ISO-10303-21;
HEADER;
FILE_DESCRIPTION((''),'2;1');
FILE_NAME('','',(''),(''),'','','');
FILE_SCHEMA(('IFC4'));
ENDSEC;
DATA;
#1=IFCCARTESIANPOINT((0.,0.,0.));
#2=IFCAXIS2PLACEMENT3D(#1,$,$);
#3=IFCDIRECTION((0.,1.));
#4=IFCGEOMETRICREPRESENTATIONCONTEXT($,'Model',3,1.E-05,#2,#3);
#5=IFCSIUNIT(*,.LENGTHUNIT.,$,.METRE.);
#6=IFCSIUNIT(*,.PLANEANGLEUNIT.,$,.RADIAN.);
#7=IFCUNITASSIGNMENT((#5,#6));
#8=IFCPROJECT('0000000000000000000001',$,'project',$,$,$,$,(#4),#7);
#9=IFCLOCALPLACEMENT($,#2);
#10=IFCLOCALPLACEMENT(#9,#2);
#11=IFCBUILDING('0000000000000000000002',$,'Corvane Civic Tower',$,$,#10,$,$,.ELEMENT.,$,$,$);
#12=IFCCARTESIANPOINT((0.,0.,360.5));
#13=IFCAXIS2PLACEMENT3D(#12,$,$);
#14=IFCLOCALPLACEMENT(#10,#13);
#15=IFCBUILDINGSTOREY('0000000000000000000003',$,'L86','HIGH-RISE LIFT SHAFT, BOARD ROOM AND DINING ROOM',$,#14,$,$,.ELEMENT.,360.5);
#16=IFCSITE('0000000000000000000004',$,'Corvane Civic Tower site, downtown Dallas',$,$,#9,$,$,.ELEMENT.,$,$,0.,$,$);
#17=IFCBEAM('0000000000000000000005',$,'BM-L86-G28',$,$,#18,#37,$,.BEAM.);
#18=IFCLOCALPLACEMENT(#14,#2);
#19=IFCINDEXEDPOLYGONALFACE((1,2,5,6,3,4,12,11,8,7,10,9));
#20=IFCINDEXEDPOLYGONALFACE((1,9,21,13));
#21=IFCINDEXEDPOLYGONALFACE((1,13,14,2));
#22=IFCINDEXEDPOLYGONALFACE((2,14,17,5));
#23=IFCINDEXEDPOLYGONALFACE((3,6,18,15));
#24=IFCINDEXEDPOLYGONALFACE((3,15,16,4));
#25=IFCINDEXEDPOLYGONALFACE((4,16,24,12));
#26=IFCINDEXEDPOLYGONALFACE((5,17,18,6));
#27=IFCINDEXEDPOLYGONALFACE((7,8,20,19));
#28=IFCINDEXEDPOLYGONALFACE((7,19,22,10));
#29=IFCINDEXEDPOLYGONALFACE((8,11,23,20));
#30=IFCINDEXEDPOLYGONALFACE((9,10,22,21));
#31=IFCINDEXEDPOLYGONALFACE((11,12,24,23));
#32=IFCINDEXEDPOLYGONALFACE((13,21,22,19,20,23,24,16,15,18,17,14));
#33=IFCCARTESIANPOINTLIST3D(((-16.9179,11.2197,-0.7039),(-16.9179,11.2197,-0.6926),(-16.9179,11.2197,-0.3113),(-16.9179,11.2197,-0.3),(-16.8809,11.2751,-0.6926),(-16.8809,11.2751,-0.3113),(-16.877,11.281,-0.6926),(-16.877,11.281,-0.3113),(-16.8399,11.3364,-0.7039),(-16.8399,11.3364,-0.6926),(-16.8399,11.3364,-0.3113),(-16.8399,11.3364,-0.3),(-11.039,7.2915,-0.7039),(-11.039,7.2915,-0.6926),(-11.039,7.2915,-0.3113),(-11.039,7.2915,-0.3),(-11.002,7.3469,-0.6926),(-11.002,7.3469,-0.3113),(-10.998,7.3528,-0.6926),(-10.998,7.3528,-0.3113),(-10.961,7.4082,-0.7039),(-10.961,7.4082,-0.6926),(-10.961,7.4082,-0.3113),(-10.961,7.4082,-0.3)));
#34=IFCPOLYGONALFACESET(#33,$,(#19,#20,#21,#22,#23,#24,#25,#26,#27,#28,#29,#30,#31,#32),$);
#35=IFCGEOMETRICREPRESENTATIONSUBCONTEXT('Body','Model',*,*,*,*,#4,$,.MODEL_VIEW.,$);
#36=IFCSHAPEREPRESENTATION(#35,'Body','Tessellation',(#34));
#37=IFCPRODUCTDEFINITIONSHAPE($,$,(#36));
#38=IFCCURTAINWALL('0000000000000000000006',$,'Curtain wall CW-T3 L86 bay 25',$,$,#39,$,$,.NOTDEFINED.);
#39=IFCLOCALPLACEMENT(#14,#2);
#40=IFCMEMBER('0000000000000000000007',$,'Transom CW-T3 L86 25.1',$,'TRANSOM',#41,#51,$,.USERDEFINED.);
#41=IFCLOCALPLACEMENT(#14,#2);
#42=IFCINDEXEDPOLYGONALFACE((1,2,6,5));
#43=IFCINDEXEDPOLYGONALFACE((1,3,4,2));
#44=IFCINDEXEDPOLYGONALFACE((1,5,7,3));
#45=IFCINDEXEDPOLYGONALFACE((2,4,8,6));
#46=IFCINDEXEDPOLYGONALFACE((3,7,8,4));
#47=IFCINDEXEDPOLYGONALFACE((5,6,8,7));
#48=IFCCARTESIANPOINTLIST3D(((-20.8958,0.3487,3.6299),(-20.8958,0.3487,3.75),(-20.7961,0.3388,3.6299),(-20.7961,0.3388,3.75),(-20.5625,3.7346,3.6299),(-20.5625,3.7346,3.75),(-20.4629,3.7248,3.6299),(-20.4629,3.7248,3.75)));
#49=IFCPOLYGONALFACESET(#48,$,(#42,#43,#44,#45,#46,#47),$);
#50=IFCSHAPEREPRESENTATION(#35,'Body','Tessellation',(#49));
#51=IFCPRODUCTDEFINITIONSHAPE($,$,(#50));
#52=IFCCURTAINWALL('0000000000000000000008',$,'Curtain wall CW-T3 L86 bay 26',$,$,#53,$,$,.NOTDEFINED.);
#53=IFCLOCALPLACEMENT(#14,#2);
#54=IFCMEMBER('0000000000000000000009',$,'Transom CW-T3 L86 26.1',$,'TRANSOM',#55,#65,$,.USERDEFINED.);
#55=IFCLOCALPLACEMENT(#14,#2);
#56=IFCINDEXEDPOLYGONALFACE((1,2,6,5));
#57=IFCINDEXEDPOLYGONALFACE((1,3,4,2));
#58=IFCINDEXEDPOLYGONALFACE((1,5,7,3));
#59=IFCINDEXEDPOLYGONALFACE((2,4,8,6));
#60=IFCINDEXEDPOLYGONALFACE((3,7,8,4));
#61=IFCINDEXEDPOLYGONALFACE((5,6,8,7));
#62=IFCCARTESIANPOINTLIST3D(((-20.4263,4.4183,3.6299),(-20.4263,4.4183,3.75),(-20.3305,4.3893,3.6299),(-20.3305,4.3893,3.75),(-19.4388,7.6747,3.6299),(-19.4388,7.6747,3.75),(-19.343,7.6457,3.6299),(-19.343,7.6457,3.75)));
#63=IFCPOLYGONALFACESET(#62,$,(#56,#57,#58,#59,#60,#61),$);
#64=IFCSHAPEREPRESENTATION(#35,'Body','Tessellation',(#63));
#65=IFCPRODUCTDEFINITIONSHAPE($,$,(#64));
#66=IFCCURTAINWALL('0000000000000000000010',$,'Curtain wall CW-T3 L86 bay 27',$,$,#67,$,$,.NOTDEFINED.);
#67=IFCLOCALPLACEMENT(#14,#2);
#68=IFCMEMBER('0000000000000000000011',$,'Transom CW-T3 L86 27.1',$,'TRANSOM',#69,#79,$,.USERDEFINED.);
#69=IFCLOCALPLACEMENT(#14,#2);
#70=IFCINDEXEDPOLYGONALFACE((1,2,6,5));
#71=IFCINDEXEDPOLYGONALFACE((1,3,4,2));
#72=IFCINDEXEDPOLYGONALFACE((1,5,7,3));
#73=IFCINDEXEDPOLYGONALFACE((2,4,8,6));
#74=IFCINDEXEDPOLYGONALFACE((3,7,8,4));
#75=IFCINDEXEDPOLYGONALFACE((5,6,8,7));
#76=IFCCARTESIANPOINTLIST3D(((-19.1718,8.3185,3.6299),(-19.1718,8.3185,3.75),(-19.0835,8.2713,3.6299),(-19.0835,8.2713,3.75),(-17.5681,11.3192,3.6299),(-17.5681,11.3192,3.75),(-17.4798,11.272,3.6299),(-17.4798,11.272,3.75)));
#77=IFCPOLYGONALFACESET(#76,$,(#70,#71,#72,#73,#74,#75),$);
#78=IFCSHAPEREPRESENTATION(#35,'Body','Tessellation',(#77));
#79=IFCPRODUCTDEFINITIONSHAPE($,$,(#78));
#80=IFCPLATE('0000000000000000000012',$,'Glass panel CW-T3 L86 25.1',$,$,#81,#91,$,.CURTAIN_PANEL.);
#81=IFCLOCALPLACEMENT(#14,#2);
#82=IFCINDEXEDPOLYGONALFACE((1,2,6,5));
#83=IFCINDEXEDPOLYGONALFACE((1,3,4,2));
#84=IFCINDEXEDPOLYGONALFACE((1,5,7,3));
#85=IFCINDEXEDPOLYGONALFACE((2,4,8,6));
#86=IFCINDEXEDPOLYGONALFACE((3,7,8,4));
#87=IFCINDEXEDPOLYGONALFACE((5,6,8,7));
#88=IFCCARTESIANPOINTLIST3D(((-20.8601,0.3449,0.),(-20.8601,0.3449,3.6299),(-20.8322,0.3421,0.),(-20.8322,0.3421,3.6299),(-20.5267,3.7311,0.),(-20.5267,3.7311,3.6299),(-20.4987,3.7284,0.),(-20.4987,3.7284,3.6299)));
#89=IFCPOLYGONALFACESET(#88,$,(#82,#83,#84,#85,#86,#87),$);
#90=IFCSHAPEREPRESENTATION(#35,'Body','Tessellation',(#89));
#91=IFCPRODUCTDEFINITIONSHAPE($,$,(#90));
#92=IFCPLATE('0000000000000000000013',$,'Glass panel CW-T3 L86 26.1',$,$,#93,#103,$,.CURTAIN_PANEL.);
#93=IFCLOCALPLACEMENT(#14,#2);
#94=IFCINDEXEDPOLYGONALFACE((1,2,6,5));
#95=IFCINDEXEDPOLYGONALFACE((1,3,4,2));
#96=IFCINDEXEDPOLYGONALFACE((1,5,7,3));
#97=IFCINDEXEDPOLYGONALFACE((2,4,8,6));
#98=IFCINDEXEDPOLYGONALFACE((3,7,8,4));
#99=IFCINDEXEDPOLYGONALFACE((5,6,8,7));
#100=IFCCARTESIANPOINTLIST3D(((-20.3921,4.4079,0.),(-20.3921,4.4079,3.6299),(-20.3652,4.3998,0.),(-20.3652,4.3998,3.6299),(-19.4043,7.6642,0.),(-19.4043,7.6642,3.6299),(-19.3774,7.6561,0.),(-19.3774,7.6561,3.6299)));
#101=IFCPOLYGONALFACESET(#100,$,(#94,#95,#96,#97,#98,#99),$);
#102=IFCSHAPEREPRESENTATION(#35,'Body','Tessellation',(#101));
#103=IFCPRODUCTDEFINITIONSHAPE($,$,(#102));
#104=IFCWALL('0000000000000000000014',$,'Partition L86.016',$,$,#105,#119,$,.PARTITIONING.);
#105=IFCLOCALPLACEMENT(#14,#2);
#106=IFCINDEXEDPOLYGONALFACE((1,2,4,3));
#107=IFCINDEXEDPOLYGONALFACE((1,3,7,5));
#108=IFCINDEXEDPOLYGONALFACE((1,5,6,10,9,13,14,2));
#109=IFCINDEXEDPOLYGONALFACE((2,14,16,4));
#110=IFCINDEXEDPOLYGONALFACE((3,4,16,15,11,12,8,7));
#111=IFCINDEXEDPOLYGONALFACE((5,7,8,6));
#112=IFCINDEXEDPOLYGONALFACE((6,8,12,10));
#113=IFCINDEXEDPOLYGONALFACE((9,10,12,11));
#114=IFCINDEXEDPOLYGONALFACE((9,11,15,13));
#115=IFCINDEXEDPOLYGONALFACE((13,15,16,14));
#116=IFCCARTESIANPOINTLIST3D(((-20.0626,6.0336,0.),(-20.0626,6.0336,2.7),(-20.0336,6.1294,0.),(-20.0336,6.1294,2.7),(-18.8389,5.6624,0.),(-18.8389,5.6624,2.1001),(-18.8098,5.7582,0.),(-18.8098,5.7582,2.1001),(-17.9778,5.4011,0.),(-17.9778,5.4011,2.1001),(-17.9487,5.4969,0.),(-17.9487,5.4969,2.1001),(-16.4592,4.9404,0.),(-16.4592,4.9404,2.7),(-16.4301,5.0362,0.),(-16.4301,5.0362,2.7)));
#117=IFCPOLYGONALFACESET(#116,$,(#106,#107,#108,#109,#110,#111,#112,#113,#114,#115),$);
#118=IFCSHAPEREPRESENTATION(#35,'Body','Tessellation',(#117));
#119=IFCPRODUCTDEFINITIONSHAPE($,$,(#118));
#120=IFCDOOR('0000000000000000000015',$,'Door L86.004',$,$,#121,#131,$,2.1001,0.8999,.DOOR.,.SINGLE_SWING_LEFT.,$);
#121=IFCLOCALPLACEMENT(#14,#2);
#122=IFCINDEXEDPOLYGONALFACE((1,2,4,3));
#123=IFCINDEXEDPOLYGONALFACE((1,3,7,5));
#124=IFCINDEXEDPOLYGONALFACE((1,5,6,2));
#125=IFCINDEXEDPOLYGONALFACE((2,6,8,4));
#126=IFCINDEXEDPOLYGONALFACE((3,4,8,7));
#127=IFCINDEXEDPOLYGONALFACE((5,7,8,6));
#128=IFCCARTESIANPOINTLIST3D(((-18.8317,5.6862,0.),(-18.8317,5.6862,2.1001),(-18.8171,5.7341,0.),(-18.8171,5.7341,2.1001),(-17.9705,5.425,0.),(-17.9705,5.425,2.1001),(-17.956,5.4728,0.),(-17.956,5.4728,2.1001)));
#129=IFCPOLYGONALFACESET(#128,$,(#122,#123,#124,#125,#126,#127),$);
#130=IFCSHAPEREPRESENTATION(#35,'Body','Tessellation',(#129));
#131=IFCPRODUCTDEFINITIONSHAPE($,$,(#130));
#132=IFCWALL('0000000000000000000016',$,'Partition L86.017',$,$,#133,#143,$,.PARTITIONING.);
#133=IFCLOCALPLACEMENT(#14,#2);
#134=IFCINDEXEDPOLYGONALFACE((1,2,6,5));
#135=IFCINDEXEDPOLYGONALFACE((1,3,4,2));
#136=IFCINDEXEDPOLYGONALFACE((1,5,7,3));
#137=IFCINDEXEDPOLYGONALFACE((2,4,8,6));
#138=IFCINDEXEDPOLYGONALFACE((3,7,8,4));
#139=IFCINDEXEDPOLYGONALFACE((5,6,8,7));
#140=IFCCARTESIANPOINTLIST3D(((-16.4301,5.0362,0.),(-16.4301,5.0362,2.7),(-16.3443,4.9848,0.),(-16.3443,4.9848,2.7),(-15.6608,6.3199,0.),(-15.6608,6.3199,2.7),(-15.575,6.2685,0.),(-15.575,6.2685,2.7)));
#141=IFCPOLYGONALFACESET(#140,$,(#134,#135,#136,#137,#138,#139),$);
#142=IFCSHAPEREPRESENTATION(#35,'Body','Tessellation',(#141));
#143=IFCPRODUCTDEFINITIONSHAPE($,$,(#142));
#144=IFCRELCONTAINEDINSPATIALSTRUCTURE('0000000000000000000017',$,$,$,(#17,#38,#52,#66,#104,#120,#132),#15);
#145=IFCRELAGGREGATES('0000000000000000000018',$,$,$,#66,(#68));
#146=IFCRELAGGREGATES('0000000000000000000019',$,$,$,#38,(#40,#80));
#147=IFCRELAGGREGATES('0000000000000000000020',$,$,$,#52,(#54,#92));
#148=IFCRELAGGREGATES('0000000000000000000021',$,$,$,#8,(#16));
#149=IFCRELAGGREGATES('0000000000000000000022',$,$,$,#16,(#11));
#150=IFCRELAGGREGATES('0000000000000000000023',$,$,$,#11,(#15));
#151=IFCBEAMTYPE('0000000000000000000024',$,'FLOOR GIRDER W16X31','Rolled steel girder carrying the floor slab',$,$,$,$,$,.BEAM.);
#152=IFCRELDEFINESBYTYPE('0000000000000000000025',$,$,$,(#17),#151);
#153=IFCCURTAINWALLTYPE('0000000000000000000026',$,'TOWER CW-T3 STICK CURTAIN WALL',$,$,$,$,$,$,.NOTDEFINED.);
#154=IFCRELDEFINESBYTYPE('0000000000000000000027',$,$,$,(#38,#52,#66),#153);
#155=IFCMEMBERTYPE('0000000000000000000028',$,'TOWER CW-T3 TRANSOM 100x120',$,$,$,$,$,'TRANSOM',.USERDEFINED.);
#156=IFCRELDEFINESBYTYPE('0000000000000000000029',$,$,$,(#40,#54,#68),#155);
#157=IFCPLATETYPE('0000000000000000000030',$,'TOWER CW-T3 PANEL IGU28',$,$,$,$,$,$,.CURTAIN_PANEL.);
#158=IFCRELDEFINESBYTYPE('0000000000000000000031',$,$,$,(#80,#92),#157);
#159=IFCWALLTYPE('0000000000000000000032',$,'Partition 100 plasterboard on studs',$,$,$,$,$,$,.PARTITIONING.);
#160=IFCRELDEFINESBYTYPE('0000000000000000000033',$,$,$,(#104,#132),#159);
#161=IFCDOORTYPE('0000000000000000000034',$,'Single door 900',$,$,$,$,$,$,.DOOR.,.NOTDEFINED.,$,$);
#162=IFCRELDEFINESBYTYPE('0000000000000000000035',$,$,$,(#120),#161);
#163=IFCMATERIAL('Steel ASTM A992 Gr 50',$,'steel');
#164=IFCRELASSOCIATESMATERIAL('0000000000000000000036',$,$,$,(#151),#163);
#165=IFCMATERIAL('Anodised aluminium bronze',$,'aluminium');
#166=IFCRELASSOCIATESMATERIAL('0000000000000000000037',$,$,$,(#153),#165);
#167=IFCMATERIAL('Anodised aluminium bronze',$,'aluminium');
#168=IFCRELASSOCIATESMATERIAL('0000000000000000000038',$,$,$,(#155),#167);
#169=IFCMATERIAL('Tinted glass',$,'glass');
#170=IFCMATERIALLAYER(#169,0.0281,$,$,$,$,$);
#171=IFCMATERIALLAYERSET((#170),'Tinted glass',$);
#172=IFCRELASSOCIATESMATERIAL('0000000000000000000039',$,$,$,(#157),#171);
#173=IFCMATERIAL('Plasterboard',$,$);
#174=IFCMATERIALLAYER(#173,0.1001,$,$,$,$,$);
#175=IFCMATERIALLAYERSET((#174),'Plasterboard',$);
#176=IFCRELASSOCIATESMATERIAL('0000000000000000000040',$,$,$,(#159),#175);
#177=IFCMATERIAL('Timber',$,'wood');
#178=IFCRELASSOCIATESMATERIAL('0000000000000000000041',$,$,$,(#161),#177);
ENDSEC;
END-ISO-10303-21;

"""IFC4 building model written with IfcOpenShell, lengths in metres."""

from ifc_helpers import new_model, si_unit, direction, frame, frame_2d, origin, origin_2d, place, context, subcontext, project, spatial, rectangle, i_section, extrude, material, layer, layer_set, material_profile, profile_set, type_object, element, fill, aggregate, save


model = new_model("IFC4")

# Units and contexts
model_context = context("Model", 3, precision=1e-05, world=origin(), true_north=direction((0.0, 1.0)))
body_context = subcontext(model_context, "Body", "Model", "MODEL_VIEW")
ifc_project = project(units=[si_unit("LENGTHUNIT", "METRE"), si_unit("PLANEANGLEUNIT", "RADIAN")], contexts=[model_context])

# Site, building, storey
site_placement = place(None, origin())
site = spatial("IfcSite", under=ifc_project, at=site_placement, Name="Corvane Civic Tower site, downtown Dallas", CompositionType="ELEMENT", RefElevation=0.0)
building_placement = place(site_placement, origin())
building = spatial("IfcBuilding", under=site, at=building_placement, Name="Corvane Civic Tower", CompositionType="ELEMENT")
storey_placement = place(building_placement, frame((0.0, 0.0, 360.5)))
storey = spatial("IfcBuildingStorey", under=building, at=storey_placement, Name="L86", Description="HIGH-RISE LIFT SHAFT, BOARD ROOM AND DINING ROOM", CompositionType="ELEMENT", Elevation=360.5)

# Beam
ifc_material_1 = material(Name="Steel ASTM A992 Gr 50", Category="steel")
ifc_material_profile_1 = material_profile(ifc_material_1, i_section(OverallWidth=0.1404, OverallDepth=0.4038, WebThickness=0.0071, FlangeThickness=0.0112, at=origin_2d()), Name="W16X31")
ifc_profile_set_1 = profile_set([ifc_material_profile_1], Name="Steel ASTM A992 Gr 50")
beam_type_1 = type_object("IfcBeamType", Name="FLOOR GIRDER W16X31", Description="Rolled steel girder carrying the floor slab", PredefinedType="BEAM", material=ifc_profile_set_1)
beam_1_placement = place(storey_placement, frame((-11.0, 7.3499, -0.502), z_axis=(-0.831465, 0.555576, 0.0), x_axis=(-0.555576, -0.831465, 0.0)))
element("IfcBeam", 1, at=beam_1_placement, inside=storey, type_object=beam_type_1, Name="BM-L86-G28", PredefinedType="BEAM", context=body_context, shape_type="SweptSolid", body=[
    extrude(i_section(OverallWidth=0.1404, OverallDepth=0.4038, WebThickness=0.0071, FlangeThickness=0.0112, at=origin_2d()), origin(), (0.0, 0.0, 1.0), 7.0706),
])

# Curtain walls, members
ifc_material_2 = material(Name="Anodised aluminium bronze", Category="aluminium")
curtain_wall_type = type_object("IfcCurtainWallType", Name="TOWER CW-T3 STICK CURTAIN WALL", PredefinedType="NOTDEFINED", material=ifc_material_2)
curtain_wall_1_placement = place(storey_placement, origin())
curtain_wall_1 = element("IfcCurtainWall", 2, at=curtain_wall_1_placement, inside=storey, type_object=curtain_wall_type, Name="Curtain wall CW-T3 L86 bay 25", PredefinedType="NOTDEFINED")
ifc_material_3 = material(Name="Anodised aluminium bronze", Category="aluminium")
ifc_material_profile_2 = material_profile(ifc_material_3, rectangle(XDim=0.1001, YDim=0.1201, at=origin_2d()), Name="TOWER CW-T3 TRANSOM 100x120")
ifc_profile_set_2 = profile_set([ifc_material_profile_2], Name="Anodised aluminium bronze")
member_type = type_object("IfcMemberType", Name="TOWER CW-T3 TRANSOM 100x120", ElementType="TRANSOM", PredefinedType="USERDEFINED", material=ifc_profile_set_2)
member_1_placement = place(storey_placement, frame((-20.8459, 0.3438, 3.6899), z_axis=(0.097948, 0.995192, 0.0), x_axis=(-0.995192, 0.097948, 0.0)))
member_1 = element("IfcMember", 3, at=member_1_placement, type_object=member_type, Name="Transom CW-T3 L86 25.1", ObjectType="TRANSOM", PredefinedType="USERDEFINED", context=body_context, shape_type="SweptSolid", body=[
    extrude(rectangle(XDim=0.1001, YDim=0.1201, at=origin_2d()), origin(), (0.0, 0.0, 1.0), 3.4023),
])
curtain_wall_2_placement = place(storey_placement, origin())
curtain_wall_2 = element("IfcCurtainWall", 4, at=curtain_wall_2_placement, inside=storey, type_object=curtain_wall_type, Name="Curtain wall CW-T3 L86 bay 26", PredefinedType="NOTDEFINED")
member_2_placement = place(storey_placement, frame((-20.3784, 4.4038, 3.6899), z_axis=(0.290216, 0.956961, 0.0), x_axis=(-0.956961, 0.290216, 0.0)))
member_2 = element("IfcMember", 5, at=member_2_placement, type_object=member_type, Name="Transom CW-T3 L86 26.1", ObjectType="TRANSOM", PredefinedType="USERDEFINED", context=body_context, shape_type="SweptSolid", body=[
    extrude(rectangle(XDim=0.1001, YDim=0.1201, at=origin_2d()), origin(), (0.0, 0.0, 1.0), 3.4028),
])
curtain_wall_3_placement = place(storey_placement, origin())
curtain_wall_3 = element("IfcCurtainWall", 6, at=curtain_wall_3_placement, inside=storey, type_object=curtain_wall_type, Name="Curtain wall CW-T3 L86 bay 27", PredefinedType="NOTDEFINED")
member_3_placement = place(storey_placement, frame((-19.1277, 8.2949, 3.6899), z_axis=(0.471359, 0.881941, 0.0), x_axis=(-0.881941, 0.471359, 0.0)))
member_3 = element("IfcMember", 7, at=member_3_placement, type_object=member_type, Name="Transom CW-T3 L86 27.1", ObjectType="TRANSOM", PredefinedType="USERDEFINED", context=body_context, shape_type="SweptSolid", body=[
    extrude(rectangle(XDim=0.1001, YDim=0.1201, at=origin_2d()), origin(), (0.0, 0.0, 1.0), 3.4023),
])
aggregate(curtain_wall_3, [member_3])

# Plates
ifc_material_4 = material(Name="Tinted glass", Category="glass")
ifc_layer_1 = layer(ifc_material_4, 0.0281)
ifc_layer_set_1 = layer_set([ifc_layer_1], Name="Tinted glass")
plate_type = type_object("IfcPlateType", Name="TOWER CW-T3 PANEL IGU28", PredefinedType="CURTAIN_PANEL", material=ifc_layer_set_1)
plate_1_placement = place(storey_placement, frame((-20.6794, 2.0366, 0.0), z_axis=(0.0, 0.0, 1.0), x_axis=(0.097998, 0.995187, 0.0)))
plate_1 = element("IfcPlate", 8, at=plate_1_placement, type_object=plate_type, Name="Glass panel CW-T3 L86 25.1", PredefinedType="CURTAIN_PANEL", context=body_context, shape_type="SweptSolid", body=[
    extrude(rectangle(XDim=3.4026, YDim=0.0281, at=origin_2d()), origin(), (0.0, 0.0, 1.0), 3.6299),
])
aggregate(curtain_wall_1, [member_1, plate_1])
plate_2_placement = place(storey_placement, frame((-19.8848, 6.032, 0.0), z_axis=(0.0, 0.0, 1.0), x_axis=(0.29029, 0.956939, 0.0)))
plate_2 = element("IfcPlate", 9, at=plate_2_placement, type_object=plate_type, Name="Glass panel CW-T3 L86 26.1", PredefinedType="CURTAIN_PANEL", context=body_context, shape_type="SweptSolid", body=[
    extrude(rectangle(XDim=3.4028, YDim=0.0281, at=origin_2d()), origin(), (0.0, 0.0, 1.0), 3.6299),
])
aggregate(curtain_wall_2, [member_2, plate_2])

# Wall, opening, door
ifc_material_5 = material(Name="Plasterboard")
ifc_layer_2 = layer(ifc_material_5, 0.1001)
ifc_layer_set_2 = layer_set([ifc_layer_2], Name="Plasterboard")
wall_type = type_object("IfcWallType", Name="Partition 100 plasterboard on studs", PredefinedType="PARTITIONING", material=ifc_layer_set_2)
wall_1_placement = place(storey_placement, frame((-20.0481, 6.0815, 0.0), z_axis=(0.0, 0.0, 1.0), x_axis=(0.956929, -0.29032, 0.0)))
wall_1 = element("IfcWall", 10, at=wall_1_placement, inside=storey, type_object=wall_type, Name="Partition L86.016", PredefinedType="PARTITIONING", context=body_context, shape_type="SweptSolid", body=[
    extrude(rectangle(XDim=3.7656, YDim=0.1001, at=frame_2d((1.8828, 0.0))), origin(), (0.0, 0.0, 1.0), 2.7),
])
opening_placement = place(wall_1_placement, frame((1.2788, 0.0, 0.0)))
opening = element("IfcOpeningElement", 11, at=opening_placement, cuts=wall_1, PredefinedType="OPENING", context=body_context, shape_type="SweptSolid", body=[
    extrude(rectangle(XDim=0.8999, YDim=2.1001, at=frame_2d((0.45, 1.05))), frame((0.0, 0.0601, 0.0), z_axis=(0.0, -1.0, 0.0), x_axis=(1.0, 0.0, 0.0)), (0.0, 0.0, 1.0), 0.1201),
])
ifc_material_6 = material(Name="Timber", Category="wood")
door_type = type_object("IfcDoorType", Name="Single door 900", OperationType="NOTDEFINED", PredefinedType="DOOR", material=ifc_material_6)
door_placement = place(opening_placement, origin())
door = element("IfcDoor", 12, at=door_placement, inside=storey, type_object=door_type, Name="Door L86.004", OperationType="SINGLE_SWING_LEFT", OverallHeight=2.1001, OverallWidth=0.8999, PredefinedType="DOOR", context=body_context, shape_type="SweptSolid", body=[
    extrude(rectangle(XDim=0.8999, YDim=2.1001, at=frame_2d((0.45, 1.05))), frame((0.0, 0.0249, 0.0), z_axis=(0.0, -1.0, 0.0), x_axis=(1.0, 0.0, 0.0)), (0.0, 0.0, 1.0), 0.05),
])
fill(opening, door)

# Wall
wall_2_placement = place(storey_placement, frame((-16.3872, 5.0105, 0.0), z_axis=(0.0, 0.0, 1.0), x_axis=(0.51404, 0.857766, 0.0)))
element("IfcWall", 13, at=wall_2_placement, inside=storey, type_object=wall_type, Name="Partition L86.017", PredefinedType="PARTITIONING", context=body_context, shape_type="SweptSolid", body=[
    extrude(rectangle(XDim=1.4966, YDim=0.1001, at=frame_2d((0.7483, 0.0))), origin(), (0.0, 0.0, 1.0), 2.7),
])

save(model, "model.ifc")
